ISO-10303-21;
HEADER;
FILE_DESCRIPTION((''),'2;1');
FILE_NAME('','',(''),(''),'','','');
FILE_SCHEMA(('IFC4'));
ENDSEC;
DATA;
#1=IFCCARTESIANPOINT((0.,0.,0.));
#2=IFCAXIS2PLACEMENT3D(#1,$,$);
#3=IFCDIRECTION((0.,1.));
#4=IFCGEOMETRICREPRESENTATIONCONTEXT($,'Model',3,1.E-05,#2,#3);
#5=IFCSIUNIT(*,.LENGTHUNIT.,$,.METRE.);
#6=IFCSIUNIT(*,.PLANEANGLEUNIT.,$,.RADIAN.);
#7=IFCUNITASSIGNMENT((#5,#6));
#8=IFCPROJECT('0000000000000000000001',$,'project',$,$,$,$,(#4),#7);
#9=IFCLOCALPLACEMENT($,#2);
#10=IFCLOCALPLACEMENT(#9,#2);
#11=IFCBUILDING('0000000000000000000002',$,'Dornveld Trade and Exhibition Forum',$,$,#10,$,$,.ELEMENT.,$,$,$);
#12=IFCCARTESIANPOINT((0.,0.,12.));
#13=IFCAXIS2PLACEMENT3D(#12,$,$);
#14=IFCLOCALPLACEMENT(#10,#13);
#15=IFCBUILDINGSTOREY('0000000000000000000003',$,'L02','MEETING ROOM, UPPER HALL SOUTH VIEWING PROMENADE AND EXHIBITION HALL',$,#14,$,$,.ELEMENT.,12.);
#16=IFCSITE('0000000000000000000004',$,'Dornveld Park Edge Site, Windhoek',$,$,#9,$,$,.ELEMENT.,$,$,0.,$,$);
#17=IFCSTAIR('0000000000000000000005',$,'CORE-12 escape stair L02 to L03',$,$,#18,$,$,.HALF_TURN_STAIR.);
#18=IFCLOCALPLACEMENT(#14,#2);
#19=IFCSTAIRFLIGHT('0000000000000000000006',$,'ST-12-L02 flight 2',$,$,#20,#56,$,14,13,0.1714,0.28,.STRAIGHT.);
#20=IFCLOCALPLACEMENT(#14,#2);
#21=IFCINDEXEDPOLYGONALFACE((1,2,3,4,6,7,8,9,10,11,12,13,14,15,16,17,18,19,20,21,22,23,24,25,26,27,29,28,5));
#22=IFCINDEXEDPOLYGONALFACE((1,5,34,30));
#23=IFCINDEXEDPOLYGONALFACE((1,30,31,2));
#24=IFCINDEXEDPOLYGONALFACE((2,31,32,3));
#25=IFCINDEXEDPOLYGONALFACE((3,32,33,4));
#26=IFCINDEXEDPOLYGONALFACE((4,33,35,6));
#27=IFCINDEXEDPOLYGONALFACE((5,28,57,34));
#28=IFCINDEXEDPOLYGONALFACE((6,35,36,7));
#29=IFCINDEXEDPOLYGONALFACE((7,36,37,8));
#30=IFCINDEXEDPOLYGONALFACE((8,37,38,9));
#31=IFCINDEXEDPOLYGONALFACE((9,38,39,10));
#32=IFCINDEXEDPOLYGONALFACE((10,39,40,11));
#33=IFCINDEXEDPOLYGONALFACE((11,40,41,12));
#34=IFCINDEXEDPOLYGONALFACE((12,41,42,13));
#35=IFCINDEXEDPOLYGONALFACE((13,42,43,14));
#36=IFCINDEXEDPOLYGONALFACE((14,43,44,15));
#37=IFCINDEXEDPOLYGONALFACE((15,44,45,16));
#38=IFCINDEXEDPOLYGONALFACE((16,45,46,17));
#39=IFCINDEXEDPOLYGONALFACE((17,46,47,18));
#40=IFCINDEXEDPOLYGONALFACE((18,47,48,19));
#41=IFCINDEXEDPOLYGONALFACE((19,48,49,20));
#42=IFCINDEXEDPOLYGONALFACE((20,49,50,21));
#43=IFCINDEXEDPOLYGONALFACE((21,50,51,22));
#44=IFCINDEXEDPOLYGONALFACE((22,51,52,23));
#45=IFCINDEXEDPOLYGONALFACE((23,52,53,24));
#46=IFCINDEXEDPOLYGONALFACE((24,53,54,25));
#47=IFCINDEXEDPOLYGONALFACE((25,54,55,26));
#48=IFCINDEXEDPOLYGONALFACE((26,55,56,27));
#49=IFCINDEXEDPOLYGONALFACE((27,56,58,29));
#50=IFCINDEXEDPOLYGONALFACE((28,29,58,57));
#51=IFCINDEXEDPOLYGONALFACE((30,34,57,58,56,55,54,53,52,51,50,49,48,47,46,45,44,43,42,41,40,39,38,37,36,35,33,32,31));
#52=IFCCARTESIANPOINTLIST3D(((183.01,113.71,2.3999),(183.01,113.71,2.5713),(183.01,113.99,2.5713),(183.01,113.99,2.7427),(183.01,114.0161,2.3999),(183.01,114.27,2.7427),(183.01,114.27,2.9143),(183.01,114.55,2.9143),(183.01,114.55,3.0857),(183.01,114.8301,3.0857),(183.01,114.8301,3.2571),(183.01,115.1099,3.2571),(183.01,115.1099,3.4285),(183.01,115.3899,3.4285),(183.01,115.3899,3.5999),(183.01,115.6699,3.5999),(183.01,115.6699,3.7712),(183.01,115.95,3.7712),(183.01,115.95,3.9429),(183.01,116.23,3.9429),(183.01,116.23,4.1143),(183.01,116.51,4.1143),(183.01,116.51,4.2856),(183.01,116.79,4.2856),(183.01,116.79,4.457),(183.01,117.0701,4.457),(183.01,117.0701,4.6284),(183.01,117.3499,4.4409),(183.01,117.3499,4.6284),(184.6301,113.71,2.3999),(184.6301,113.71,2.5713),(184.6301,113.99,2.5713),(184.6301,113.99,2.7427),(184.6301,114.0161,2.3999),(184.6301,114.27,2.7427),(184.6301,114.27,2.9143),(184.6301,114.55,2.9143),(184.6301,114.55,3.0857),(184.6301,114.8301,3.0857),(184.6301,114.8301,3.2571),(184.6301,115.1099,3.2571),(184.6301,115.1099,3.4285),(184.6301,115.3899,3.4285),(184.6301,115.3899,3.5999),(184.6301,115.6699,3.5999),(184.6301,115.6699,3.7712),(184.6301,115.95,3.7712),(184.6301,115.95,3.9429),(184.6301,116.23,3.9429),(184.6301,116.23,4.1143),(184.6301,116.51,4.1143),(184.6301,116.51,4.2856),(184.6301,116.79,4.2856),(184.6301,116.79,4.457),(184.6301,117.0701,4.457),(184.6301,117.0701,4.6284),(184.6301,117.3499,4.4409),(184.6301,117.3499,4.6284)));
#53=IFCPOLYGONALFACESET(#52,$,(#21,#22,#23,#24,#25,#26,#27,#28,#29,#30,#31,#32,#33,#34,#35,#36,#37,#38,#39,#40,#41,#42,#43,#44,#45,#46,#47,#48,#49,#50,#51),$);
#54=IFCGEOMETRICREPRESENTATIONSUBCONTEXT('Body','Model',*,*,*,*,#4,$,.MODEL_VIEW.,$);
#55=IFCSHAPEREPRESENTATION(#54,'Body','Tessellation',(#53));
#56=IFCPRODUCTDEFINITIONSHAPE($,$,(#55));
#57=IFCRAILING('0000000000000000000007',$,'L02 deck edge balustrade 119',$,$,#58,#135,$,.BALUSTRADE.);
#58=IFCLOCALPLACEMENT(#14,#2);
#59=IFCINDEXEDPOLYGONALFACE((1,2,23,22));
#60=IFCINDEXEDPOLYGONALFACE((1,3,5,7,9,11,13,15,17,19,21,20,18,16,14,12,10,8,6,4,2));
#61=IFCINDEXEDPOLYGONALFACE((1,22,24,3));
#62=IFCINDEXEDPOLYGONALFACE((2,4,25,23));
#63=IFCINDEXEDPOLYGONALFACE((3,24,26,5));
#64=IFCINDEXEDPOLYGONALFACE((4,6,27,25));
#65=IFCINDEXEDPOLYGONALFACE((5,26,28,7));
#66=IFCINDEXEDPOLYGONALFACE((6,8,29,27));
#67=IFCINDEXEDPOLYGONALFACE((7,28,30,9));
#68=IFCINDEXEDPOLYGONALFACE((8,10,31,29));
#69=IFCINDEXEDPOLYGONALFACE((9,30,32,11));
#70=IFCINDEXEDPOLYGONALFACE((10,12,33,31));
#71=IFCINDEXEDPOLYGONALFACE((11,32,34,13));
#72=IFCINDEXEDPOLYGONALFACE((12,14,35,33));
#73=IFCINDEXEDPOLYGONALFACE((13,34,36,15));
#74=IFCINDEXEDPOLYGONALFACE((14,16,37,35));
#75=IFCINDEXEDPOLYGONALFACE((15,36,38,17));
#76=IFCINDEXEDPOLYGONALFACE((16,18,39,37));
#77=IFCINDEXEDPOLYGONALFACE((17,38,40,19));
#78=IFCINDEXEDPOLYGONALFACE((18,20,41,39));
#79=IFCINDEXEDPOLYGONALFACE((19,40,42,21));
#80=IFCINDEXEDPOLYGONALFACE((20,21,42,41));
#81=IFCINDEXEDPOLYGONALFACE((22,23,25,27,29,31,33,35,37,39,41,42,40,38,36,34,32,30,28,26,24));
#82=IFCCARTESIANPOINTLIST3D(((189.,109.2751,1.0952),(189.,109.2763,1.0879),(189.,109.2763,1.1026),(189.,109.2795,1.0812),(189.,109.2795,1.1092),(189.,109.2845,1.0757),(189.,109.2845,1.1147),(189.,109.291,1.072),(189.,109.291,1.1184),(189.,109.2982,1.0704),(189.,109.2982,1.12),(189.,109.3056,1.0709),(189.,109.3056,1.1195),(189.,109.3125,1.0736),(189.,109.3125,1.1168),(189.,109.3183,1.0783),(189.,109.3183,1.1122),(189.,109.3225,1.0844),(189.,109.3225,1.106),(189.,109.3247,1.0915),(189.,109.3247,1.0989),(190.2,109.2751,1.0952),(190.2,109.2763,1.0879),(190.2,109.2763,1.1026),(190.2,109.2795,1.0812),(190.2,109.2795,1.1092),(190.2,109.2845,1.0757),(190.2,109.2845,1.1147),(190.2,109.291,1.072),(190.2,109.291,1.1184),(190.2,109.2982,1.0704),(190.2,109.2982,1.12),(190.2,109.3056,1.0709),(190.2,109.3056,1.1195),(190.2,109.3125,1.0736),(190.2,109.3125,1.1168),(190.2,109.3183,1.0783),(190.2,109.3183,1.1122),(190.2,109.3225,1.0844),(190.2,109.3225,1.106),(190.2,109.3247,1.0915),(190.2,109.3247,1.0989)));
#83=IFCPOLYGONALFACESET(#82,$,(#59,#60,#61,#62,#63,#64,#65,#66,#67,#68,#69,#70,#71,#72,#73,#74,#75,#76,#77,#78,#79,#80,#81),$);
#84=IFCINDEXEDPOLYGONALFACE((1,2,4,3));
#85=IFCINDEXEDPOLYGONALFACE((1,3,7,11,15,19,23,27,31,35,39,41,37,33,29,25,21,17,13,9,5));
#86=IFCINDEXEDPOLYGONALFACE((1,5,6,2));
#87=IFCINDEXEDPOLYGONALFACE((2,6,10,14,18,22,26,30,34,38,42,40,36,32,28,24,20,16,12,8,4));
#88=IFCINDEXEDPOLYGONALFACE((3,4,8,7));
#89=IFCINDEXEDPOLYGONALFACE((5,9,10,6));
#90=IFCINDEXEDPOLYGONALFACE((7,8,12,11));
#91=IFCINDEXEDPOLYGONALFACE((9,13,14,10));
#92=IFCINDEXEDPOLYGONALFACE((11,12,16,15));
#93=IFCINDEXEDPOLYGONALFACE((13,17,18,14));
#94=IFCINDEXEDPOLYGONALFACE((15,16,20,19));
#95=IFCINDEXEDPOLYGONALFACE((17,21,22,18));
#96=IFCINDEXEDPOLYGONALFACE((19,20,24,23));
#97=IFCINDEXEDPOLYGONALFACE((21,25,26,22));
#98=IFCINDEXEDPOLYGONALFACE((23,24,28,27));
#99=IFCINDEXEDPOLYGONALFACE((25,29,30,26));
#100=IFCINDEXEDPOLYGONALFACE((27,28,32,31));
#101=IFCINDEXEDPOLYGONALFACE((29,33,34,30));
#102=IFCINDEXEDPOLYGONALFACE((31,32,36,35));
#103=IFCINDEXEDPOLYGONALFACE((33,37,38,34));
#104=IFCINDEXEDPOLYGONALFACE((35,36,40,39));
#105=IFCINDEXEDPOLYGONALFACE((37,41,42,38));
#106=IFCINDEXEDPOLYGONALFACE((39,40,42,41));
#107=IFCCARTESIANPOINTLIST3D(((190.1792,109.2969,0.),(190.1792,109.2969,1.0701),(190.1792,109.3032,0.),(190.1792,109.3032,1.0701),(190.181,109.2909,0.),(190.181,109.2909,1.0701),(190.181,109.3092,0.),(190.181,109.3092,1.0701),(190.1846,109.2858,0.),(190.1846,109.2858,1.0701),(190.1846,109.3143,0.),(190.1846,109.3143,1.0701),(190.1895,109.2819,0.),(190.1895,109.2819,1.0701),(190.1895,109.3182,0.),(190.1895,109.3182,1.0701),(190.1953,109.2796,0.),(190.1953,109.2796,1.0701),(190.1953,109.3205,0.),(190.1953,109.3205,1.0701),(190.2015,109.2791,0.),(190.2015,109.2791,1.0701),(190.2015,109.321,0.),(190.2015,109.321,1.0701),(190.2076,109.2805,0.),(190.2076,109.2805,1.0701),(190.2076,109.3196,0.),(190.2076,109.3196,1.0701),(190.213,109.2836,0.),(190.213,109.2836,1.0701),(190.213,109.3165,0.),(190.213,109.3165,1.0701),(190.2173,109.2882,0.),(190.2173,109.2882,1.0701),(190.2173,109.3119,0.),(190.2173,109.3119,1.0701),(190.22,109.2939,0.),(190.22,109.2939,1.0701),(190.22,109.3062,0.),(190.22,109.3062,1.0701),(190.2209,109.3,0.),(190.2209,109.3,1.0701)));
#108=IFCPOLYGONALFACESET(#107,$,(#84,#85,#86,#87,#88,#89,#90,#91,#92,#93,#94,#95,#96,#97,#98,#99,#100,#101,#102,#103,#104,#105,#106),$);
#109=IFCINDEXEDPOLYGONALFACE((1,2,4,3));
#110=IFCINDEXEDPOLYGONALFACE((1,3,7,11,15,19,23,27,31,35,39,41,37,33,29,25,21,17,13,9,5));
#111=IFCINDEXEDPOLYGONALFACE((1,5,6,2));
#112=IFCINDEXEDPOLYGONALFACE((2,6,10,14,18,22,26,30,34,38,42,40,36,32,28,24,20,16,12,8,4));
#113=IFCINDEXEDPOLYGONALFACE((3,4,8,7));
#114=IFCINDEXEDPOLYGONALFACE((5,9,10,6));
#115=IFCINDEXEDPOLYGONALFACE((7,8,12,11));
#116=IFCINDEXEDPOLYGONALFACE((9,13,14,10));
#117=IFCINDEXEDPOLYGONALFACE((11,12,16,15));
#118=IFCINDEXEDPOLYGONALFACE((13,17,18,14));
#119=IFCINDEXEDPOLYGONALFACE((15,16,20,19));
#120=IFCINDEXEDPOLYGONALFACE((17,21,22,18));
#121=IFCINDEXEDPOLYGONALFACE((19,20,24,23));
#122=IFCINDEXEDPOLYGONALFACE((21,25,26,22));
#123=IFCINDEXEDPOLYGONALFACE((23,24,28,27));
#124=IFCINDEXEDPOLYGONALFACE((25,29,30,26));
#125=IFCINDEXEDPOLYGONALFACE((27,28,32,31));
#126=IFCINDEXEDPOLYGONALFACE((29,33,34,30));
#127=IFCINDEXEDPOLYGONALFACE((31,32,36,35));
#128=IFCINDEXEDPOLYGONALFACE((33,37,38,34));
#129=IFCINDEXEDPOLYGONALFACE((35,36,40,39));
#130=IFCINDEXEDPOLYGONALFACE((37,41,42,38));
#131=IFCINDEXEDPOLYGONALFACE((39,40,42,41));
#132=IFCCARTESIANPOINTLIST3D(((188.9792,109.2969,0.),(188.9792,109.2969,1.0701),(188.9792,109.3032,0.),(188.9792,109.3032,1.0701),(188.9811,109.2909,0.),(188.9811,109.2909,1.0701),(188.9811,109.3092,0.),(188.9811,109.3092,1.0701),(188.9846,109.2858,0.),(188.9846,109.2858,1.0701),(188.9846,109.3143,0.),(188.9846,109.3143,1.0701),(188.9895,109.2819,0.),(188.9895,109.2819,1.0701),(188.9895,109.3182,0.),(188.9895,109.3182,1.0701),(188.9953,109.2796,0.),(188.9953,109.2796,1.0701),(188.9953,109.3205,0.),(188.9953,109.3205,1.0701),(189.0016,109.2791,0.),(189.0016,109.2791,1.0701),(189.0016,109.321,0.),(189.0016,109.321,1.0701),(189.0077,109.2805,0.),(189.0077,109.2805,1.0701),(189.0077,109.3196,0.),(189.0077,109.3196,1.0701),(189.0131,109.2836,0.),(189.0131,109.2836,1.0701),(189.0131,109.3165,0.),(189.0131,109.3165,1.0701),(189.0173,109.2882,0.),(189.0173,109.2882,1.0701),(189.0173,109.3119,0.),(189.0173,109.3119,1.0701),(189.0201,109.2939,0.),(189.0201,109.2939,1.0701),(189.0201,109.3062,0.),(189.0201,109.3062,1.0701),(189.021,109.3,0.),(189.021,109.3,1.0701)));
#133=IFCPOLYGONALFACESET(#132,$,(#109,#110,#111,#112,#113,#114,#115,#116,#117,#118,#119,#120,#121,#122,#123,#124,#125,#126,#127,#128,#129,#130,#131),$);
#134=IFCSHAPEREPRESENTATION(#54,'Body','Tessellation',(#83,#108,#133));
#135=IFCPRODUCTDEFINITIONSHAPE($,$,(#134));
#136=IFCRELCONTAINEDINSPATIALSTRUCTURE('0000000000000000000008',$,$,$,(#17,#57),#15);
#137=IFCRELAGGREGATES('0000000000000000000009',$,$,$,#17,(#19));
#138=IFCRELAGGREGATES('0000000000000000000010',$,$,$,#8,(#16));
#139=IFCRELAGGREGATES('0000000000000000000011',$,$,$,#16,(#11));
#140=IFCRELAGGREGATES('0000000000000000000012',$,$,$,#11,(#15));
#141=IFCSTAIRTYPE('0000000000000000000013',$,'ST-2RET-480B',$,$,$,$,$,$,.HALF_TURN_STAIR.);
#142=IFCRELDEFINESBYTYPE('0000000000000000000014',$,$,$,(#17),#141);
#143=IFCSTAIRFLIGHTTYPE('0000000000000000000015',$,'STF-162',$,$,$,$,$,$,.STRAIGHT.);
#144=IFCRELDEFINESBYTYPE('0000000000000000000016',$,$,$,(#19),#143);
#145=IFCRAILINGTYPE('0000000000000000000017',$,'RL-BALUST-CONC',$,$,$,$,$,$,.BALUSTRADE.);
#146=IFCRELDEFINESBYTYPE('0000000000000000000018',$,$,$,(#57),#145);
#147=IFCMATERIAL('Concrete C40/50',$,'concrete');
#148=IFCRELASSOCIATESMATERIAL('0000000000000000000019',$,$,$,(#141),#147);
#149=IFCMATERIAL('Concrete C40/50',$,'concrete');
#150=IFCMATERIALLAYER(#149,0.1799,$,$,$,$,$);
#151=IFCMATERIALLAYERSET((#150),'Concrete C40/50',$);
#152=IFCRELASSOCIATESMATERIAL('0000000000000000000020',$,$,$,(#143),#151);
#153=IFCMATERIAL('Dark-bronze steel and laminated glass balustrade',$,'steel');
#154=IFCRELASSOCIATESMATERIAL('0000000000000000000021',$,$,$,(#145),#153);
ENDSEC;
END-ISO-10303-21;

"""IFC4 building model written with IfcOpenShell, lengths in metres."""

from ifc_helpers import new_model, si_unit, direction, frame, origin, origin_2d, place, context, subcontext, project, spatial, polyline, circle, outline, extrude, material, layer, layer_set, type_object, element, aggregate, save


model = new_model("IFC4")

# Units and contexts
model_context = context("Model", 3, precision=1e-05, world=origin(), true_north=direction((0.0, 1.0)))
body_context = subcontext(model_context, "Body", "Model", "MODEL_VIEW")
ifc_project = project(units=[si_unit("LENGTHUNIT", "METRE"), si_unit("PLANEANGLEUNIT", "RADIAN")], contexts=[model_context])

# Site, building, storey
site_placement = place(None, origin())
site = spatial("IfcSite", under=ifc_project, at=site_placement, Name="Dornveld Park Edge Site, Windhoek", CompositionType="ELEMENT", RefElevation=0.0)
building_placement = place(site_placement, origin())
building = spatial("IfcBuilding", under=site, at=building_placement, Name="Dornveld Trade and Exhibition Forum", CompositionType="ELEMENT")
storey_placement = place(building_placement, frame((0.0, 0.0, 12.0)))
storey = spatial("IfcBuildingStorey", under=building, at=storey_placement, Name="L02", Description="MEETING ROOM, UPPER HALL SOUTH VIEWING PROMENADE AND EXHIBITION HALL", CompositionType="ELEMENT", Elevation=12.0)

# Stair, stair flight
ifc_material_1 = material(Name="Concrete C40/50", Category="concrete")
stair_type = type_object("IfcStairType", Name="ST-2RET-480B", PredefinedType="HALF_TURN_STAIR", material=ifc_material_1)
stair_placement = place(storey_placement, origin())
stair = element("IfcStair", 1, at=stair_placement, inside=storey, type_object=stair_type, Name="CORE-12 escape stair L02 to L03", PredefinedType="HALF_TURN_STAIR")
ifc_material_2 = material(Name="Concrete C40/50", Category="concrete")
ifc_layer_1 = layer(ifc_material_2, 0.1799)
ifc_layer_set_1 = layer_set([ifc_layer_1], Name="Concrete C40/50")
stair_flight_type = type_object("IfcStairFlightType", Name="STF-162", PredefinedType="STRAIGHT", material=ifc_layer_set_1)
stair_flight_1_placement = place(storey_placement, frame((183.8201, 113.71, 2.3999), z_axis=(0.0, 0.0, 1.0), x_axis=(0.0, 1.0, 0.0)))
stair_flight_1 = element("IfcStairFlight", 2, at=stair_flight_1_placement, type_object=stair_flight_type, Name="ST-12-L02 flight 2", NumberOfRisers=14, NumberOfTreads=13, PredefinedType="STRAIGHT", RiserHeight=0.1714, TreadLength=0.28, context=body_context, shape_type="SweptSolid", body=[
    extrude(outline(polyline([(0.0, 0.0), (0.0, 0.1714), (0.28, 0.1714), (0.28, 0.3428), (0.5601, 0.3428), (0.5601, 0.5144), (0.8401, 0.5144), (0.8401, 0.6858), (1.1201, 0.6858), (1.1201, 0.8572), (1.3999, 0.8572), (1.3999, 1.0286), (1.6799, 1.0286), (1.6799, 1.2), (1.96, 1.2), (1.96, 1.3713), (2.24, 1.3713), (2.24, 1.543), (2.52, 1.543), (2.52, 1.7144), (2.8, 1.7144), (2.8, 1.8857), (3.0801, 1.8857), (3.0801, 2.0571), (3.3601, 2.0571), (3.3601, 2.2285), (3.6399, 2.2285), (3.6399, 2.3999), (3.6399, 2.041), (0.3062, 0.0), (0.0, 0.0)])), frame((0.0, 0.8101, 0.0), z_axis=(0.0, -1.0, 0.0), x_axis=(1.0, 0.0, 0.0)), (0.0, 0.0, 1.0), 1.6201),
])
aggregate(stair, [stair_flight_1])

# Railing
ifc_material_3 = material(Name="Dark-bronze steel and laminated glass balustrade", Category="steel")
railing_type_1 = type_object("IfcRailingType", Name="RL-BALUST-CONC", PredefinedType="BALUSTRADE", material=ifc_material_3)
railing_1_placement = place(storey_placement, frame((190.2, 109.3, 0.0)))
element("IfcRailing", 3, at=railing_1_placement, inside=storey, type_object=railing_type_1, Name="L02 deck edge balustrade 119", PredefinedType="BALUSTRADE", context=body_context, shape_type="SweptSolid", body=[
    extrude(circle(Radius=0.0249, at=origin_2d()), frame((0.0, 0.0, 1.0952), z_axis=(-1.0, 0.0, 0.0), x_axis=(0.0, -1.0, 0.0)), (0.0, 0.0, 1.0), 1.2),
    extrude(circle(Radius=0.021, at=origin_2d()), origin(), (0.0, 0.0, 1.0), 1.0701),
    extrude(circle(Radius=0.021, at=origin_2d()), frame((-1.2, 0.0, 0.0)), (0.0, 0.0, 1.0), 1.0701),
])

save(model, "model.ifc")
